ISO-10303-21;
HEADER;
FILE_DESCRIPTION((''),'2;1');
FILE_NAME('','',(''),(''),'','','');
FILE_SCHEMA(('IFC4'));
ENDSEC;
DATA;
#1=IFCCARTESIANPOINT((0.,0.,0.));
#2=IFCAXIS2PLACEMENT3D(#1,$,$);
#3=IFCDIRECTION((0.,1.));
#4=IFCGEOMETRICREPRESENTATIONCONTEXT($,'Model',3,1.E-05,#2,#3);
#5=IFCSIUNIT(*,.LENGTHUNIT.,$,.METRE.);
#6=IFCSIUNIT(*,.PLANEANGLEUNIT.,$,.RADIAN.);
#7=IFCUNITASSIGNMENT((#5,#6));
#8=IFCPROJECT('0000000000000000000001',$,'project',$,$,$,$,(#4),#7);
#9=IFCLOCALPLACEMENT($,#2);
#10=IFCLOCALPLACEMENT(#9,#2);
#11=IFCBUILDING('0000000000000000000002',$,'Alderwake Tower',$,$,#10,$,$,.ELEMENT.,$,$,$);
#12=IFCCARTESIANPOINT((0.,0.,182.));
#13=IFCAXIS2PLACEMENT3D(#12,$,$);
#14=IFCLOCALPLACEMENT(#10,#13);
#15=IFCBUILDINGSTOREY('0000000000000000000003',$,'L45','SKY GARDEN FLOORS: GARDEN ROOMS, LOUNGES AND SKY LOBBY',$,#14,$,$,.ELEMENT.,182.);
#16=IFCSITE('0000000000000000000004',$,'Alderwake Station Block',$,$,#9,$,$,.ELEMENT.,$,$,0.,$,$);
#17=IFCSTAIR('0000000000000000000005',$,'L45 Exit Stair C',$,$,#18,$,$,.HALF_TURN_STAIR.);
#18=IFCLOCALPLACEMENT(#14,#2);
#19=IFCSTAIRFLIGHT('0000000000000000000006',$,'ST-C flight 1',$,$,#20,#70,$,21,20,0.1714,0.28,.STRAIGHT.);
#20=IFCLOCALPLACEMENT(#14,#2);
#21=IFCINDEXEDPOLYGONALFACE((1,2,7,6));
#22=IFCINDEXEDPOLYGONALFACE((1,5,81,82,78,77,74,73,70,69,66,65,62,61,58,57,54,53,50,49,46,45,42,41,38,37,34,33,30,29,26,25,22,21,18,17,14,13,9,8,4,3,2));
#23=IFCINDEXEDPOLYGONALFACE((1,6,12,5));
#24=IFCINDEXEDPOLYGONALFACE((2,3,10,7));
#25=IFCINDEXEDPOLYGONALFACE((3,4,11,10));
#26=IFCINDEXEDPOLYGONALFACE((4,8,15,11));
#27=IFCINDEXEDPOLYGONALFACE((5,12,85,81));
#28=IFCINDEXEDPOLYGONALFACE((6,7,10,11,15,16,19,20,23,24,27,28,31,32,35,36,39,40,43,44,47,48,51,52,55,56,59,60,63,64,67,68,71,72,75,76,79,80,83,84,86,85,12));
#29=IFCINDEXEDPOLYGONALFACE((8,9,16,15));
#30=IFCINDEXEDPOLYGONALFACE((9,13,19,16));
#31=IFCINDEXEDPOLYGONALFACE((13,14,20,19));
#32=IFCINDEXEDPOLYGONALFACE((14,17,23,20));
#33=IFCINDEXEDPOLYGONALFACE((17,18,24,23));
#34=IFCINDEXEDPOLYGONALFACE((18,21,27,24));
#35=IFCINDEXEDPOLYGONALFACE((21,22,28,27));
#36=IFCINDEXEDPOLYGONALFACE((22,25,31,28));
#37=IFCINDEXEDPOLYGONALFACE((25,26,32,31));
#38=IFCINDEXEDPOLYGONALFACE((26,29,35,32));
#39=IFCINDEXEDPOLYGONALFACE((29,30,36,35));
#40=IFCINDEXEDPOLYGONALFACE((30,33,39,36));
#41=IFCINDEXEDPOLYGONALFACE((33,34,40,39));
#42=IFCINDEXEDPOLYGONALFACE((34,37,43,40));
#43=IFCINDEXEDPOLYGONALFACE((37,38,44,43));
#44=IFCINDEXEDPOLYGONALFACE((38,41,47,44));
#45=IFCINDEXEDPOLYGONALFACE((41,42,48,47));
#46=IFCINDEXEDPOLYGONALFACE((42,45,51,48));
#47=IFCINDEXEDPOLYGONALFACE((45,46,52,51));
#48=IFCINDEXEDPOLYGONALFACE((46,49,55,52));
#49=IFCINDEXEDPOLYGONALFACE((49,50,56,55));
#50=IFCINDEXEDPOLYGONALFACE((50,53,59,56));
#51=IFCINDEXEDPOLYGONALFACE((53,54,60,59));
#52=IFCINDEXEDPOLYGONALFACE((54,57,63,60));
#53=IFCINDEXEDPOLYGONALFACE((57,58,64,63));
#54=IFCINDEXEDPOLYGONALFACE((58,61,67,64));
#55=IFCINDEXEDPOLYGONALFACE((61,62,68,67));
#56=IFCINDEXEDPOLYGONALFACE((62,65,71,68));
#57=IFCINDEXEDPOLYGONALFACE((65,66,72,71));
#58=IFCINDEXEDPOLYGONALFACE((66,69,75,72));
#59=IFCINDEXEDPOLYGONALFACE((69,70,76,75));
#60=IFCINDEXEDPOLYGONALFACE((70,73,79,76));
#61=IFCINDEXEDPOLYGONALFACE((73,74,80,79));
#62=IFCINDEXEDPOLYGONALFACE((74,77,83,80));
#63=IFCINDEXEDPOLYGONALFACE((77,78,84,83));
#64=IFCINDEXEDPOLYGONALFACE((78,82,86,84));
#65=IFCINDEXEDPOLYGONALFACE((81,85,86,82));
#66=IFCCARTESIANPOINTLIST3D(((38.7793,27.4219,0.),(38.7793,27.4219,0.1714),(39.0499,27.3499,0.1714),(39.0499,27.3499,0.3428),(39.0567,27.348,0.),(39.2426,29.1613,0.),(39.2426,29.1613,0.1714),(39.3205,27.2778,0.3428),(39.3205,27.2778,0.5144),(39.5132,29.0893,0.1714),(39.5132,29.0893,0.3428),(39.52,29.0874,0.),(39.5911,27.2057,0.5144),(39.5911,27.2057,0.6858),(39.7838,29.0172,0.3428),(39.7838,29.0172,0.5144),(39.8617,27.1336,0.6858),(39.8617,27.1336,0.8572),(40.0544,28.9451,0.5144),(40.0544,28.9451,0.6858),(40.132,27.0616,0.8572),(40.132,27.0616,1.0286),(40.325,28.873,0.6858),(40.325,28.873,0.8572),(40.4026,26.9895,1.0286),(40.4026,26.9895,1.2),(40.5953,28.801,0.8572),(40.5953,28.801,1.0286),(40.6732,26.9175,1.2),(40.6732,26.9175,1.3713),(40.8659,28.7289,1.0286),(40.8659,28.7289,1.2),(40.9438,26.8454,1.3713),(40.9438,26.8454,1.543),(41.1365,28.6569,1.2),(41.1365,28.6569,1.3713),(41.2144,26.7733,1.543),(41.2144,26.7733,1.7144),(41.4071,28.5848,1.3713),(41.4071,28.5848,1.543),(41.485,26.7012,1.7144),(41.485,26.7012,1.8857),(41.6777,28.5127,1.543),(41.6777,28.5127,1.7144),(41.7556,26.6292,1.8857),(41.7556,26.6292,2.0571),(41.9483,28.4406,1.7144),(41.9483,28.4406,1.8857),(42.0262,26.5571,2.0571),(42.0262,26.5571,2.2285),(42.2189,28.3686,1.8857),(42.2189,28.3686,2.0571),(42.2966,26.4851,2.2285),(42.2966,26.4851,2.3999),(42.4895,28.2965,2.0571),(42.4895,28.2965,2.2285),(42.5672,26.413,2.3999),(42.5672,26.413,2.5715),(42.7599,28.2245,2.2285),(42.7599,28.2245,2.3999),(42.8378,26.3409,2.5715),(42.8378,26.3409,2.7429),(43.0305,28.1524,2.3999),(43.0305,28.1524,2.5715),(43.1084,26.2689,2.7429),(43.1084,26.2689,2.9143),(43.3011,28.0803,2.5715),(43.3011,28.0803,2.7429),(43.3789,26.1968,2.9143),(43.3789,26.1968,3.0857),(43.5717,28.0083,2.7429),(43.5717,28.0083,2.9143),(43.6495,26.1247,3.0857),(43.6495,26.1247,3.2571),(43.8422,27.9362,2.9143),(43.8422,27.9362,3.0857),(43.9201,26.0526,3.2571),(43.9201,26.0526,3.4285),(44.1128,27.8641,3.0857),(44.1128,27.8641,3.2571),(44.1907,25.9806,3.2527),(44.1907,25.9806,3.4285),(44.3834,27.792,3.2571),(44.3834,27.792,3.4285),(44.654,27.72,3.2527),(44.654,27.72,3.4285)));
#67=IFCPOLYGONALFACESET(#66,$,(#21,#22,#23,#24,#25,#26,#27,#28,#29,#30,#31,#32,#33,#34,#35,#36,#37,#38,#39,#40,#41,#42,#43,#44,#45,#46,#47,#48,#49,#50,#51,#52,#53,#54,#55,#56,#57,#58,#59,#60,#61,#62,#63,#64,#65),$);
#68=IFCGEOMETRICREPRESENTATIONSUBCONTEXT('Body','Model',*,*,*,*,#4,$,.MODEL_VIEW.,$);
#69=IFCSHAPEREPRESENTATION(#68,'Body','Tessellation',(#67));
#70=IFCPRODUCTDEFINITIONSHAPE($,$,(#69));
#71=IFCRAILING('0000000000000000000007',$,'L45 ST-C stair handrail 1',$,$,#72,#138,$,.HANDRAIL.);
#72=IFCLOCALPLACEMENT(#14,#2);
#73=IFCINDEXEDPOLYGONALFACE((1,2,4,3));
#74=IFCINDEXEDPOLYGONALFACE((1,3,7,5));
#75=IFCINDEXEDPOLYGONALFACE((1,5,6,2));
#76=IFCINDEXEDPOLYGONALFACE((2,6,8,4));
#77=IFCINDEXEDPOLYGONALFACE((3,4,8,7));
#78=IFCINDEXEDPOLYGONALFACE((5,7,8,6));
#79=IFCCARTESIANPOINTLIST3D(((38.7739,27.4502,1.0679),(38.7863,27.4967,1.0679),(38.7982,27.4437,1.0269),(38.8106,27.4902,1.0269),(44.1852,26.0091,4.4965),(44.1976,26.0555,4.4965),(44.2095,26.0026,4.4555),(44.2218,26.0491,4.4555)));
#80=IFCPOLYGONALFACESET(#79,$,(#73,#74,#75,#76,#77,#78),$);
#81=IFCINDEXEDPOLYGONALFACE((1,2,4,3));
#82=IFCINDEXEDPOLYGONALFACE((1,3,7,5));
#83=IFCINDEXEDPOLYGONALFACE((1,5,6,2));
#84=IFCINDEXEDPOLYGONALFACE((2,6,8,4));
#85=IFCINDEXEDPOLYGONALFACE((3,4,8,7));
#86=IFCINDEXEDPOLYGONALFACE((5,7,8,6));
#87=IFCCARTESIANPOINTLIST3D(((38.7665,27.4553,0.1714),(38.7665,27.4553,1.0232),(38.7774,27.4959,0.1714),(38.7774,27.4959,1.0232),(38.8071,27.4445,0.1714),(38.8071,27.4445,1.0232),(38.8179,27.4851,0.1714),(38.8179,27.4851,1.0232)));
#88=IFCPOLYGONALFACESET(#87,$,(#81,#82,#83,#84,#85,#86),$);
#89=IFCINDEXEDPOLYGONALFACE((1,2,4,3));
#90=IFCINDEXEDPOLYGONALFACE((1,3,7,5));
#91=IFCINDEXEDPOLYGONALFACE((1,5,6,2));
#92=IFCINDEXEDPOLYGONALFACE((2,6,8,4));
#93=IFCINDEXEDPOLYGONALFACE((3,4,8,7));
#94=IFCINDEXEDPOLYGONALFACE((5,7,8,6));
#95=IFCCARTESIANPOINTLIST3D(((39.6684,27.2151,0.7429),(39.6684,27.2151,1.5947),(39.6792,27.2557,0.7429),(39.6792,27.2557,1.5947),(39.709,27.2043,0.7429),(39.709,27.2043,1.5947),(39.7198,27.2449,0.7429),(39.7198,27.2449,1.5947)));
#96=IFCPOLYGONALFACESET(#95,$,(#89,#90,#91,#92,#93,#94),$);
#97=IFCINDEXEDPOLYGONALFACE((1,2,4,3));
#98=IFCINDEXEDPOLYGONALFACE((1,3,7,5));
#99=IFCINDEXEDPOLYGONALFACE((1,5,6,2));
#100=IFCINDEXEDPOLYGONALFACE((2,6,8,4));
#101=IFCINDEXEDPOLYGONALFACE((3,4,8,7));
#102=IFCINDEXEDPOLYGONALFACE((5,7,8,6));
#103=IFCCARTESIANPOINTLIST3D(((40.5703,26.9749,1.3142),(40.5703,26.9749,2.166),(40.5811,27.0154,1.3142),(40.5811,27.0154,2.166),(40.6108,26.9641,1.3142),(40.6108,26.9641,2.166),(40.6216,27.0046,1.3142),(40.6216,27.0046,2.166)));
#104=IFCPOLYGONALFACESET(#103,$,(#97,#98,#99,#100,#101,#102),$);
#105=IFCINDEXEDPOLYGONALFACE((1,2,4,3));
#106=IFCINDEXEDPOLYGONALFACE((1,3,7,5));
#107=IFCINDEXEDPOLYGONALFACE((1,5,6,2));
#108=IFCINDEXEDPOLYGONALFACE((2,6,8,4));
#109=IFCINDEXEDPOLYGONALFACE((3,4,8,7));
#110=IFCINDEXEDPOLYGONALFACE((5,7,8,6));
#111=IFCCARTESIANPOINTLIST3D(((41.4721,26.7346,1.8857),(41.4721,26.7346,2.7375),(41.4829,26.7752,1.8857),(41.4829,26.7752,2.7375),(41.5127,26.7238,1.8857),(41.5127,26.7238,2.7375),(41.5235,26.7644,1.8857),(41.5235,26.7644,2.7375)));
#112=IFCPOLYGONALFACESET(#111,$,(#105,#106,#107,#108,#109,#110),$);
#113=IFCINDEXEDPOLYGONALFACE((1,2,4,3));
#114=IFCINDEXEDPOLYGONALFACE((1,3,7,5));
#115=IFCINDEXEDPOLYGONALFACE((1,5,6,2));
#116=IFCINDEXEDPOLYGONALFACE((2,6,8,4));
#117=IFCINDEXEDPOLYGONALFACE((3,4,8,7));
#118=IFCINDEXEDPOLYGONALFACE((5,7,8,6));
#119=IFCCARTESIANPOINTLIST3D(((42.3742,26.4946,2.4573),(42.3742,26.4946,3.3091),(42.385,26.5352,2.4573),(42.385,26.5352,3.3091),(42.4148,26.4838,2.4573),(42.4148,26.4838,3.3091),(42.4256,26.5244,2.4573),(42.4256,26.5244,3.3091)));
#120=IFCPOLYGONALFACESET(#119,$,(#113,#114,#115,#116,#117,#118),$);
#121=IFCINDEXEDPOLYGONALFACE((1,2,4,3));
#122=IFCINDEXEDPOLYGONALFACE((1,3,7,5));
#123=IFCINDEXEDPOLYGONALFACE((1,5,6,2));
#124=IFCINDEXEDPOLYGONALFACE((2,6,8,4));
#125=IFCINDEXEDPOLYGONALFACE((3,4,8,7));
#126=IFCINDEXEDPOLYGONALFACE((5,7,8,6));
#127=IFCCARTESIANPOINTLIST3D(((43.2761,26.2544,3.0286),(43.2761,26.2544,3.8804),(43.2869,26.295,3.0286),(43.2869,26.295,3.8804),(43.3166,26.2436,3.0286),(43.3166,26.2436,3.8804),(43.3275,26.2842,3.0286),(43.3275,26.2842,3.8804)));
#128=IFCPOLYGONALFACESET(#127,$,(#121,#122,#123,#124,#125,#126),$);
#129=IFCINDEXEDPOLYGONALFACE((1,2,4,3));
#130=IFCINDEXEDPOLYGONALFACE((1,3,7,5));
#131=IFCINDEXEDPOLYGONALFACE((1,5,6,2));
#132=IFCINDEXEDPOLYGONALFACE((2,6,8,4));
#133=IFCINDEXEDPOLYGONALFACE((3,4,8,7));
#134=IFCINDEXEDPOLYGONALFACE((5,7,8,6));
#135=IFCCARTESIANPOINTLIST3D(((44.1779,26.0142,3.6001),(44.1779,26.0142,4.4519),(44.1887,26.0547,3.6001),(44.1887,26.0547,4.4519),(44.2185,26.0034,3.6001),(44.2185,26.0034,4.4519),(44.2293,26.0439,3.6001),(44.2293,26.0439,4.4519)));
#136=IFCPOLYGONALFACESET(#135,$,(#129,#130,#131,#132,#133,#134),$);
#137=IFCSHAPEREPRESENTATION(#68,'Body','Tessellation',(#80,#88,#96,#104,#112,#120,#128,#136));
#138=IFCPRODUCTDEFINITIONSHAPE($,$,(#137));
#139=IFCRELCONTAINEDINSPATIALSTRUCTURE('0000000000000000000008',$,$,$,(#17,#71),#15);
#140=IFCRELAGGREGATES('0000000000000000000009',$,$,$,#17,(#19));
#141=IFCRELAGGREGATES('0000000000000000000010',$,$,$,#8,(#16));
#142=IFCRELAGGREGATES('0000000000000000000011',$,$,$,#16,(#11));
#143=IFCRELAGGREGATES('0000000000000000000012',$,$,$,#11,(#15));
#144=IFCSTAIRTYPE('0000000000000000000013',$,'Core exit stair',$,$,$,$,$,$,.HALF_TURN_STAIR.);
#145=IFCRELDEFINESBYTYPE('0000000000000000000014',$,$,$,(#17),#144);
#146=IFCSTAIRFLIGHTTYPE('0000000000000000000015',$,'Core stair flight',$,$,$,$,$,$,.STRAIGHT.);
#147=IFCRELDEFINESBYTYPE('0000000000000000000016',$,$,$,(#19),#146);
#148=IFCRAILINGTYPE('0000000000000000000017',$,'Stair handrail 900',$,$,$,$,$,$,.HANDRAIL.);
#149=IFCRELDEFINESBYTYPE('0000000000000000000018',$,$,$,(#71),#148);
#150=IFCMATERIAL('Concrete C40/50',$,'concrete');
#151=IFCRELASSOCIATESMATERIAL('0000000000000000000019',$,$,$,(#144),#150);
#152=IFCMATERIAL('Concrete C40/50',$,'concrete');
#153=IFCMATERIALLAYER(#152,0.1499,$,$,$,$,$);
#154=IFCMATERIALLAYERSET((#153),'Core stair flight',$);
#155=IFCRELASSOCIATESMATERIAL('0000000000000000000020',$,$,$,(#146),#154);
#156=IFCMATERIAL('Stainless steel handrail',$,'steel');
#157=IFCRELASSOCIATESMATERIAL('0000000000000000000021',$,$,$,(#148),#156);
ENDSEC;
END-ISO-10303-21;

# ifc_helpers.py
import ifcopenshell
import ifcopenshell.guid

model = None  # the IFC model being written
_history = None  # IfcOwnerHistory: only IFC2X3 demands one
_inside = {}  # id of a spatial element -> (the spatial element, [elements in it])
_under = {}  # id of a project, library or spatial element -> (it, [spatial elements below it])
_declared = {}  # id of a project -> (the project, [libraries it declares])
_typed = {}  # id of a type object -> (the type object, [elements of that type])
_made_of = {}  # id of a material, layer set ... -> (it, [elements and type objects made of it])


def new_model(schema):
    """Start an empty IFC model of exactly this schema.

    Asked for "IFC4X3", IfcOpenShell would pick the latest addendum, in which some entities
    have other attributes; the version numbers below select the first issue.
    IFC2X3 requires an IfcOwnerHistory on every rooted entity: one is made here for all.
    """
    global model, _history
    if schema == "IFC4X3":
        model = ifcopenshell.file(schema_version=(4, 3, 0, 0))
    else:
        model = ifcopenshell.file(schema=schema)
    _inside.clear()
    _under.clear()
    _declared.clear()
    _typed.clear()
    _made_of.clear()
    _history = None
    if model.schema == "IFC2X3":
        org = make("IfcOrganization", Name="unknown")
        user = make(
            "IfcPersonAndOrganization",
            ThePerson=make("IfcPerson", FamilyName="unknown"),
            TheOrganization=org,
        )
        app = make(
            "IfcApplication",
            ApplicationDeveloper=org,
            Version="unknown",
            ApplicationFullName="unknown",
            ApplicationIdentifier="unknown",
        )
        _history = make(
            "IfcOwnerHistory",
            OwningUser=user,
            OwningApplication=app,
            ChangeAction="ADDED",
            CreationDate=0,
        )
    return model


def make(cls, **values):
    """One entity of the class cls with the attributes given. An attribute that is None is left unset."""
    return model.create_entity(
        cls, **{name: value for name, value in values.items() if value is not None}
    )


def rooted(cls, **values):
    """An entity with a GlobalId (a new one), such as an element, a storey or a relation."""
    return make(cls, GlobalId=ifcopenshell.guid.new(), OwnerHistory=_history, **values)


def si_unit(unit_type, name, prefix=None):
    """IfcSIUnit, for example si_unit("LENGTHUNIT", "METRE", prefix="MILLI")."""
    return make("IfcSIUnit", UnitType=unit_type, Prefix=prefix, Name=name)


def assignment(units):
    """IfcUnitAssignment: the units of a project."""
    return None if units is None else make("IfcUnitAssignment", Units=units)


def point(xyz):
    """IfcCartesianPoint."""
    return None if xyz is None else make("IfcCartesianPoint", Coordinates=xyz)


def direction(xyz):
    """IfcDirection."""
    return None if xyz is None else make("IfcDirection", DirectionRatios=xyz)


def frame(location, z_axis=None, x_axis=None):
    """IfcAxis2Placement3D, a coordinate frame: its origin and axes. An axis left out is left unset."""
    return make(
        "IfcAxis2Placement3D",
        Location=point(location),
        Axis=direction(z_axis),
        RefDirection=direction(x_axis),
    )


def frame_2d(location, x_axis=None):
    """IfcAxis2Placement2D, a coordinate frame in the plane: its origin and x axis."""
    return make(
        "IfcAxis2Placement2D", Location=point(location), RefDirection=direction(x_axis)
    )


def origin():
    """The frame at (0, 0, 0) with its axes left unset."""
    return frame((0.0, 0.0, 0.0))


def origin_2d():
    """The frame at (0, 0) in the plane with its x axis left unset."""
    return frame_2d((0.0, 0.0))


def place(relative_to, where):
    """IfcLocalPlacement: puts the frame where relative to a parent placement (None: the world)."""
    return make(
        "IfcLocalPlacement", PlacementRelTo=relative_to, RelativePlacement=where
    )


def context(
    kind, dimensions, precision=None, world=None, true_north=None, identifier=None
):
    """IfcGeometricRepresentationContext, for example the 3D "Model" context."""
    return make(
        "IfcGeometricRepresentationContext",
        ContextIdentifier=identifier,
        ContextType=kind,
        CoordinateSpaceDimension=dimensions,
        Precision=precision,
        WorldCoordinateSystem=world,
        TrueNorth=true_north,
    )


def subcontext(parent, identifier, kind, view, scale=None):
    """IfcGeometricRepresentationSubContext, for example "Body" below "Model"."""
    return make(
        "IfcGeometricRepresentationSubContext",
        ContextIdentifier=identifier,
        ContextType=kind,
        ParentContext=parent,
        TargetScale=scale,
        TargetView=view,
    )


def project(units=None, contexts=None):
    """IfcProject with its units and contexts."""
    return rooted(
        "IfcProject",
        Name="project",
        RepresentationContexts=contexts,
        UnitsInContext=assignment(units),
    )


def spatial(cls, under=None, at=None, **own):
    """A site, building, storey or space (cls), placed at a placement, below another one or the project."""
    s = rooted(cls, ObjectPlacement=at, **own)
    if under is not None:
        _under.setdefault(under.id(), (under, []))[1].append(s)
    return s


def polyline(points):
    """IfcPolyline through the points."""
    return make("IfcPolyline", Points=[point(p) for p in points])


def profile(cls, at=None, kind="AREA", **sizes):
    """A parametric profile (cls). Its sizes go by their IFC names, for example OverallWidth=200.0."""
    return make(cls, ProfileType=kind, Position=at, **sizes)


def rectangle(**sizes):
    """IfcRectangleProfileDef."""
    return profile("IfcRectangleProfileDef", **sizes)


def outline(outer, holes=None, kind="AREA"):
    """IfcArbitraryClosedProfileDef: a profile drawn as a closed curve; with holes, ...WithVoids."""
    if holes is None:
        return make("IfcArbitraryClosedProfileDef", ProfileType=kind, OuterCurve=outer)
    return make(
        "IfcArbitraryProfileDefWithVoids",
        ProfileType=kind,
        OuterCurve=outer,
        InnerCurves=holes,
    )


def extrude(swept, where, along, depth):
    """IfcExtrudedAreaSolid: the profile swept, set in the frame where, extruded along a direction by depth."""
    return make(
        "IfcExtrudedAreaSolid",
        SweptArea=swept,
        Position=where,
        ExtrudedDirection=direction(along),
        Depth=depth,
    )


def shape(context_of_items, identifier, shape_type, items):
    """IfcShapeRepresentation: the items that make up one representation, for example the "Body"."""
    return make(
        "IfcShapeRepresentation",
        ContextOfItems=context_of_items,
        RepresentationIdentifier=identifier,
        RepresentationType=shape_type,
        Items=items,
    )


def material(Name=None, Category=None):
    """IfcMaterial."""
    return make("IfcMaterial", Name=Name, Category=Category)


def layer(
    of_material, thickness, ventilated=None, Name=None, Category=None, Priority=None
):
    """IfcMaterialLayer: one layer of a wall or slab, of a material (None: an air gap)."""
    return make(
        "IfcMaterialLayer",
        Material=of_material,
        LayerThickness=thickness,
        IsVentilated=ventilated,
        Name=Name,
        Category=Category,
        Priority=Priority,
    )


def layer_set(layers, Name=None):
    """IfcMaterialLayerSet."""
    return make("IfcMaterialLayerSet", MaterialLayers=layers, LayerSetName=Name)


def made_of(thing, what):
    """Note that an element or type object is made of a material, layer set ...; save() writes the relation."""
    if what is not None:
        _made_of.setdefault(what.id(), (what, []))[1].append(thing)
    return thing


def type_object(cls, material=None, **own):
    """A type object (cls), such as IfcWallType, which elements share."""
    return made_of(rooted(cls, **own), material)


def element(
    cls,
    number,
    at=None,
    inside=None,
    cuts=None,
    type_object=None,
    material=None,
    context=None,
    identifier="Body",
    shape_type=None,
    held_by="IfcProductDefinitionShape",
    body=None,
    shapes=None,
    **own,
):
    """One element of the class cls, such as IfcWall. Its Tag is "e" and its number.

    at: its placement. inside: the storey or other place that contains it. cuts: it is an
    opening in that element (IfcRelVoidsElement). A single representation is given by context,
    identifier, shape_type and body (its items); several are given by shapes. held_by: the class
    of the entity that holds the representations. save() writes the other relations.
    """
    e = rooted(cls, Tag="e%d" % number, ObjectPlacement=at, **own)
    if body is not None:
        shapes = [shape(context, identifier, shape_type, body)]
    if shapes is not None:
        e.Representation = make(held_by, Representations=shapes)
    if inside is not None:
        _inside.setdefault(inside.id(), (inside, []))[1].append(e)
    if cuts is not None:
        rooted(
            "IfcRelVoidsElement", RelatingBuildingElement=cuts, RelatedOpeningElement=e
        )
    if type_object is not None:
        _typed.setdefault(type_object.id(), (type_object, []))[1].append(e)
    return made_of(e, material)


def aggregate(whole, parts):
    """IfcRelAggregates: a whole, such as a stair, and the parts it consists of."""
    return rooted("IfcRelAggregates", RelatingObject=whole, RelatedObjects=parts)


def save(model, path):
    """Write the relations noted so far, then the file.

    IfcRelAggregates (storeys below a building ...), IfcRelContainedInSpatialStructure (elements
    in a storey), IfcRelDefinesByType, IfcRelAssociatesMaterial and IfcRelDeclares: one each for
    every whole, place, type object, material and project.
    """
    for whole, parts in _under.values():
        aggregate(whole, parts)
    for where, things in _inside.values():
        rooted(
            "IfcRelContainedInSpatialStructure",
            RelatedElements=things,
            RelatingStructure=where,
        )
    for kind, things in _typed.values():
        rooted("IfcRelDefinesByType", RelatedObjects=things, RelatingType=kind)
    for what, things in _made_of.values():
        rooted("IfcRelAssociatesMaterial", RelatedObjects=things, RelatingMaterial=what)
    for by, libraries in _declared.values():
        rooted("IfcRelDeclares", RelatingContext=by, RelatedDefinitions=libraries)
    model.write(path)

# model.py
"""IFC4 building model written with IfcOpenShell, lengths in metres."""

from ifc_helpers import new_model, si_unit, direction, frame, origin, origin_2d, place, context, subcontext, project, spatial, polyline, rectangle, outline, extrude, material, layer, layer_set, type_object, element, aggregate, save


model = new_model("IFC4")

# Units and contexts
model_context = context("Model", 3, precision=1e-05, world=origin(), true_north=direction((0.0, 1.0)))
body_context = subcontext(model_context, "Body", "Model", "MODEL_VIEW")
ifc_project = project(units=[si_unit("LENGTHUNIT", "METRE"), si_unit("PLANEANGLEUNIT", "RADIAN")], contexts=[model_context])

# Site, building, storey
site_placement = place(None, origin())
site = spatial("IfcSite", under=ifc_project, at=site_placement, Name="Alderwake Station Block", CompositionType="ELEMENT", RefElevation=0.0)
building_placement = place(site_placement, origin())
building = spatial("IfcBuilding", under=site, at=building_placement, Name="Alderwake Tower", CompositionType="ELEMENT")
storey_placement = place(building_placement, frame((0.0, 0.0, 182.0)))
storey = spatial("IfcBuildingStorey", under=building, at=storey_placement, Name="L45", Description="SKY GARDEN FLOORS: GARDEN ROOMS, LOUNGES AND SKY LOBBY", CompositionType="ELEMENT", Elevation=182.0)

# Stair, stair flight
ifc_material_1 = material(Name="Concrete C40/50", Category="concrete")
stair_type = type_object("IfcStairType", Name="Core exit stair", PredefinedType="HALF_TURN_STAIR", material=ifc_material_1)
stair_placement = place(storey_placement, origin())
stair = element("IfcStair", 1, at=stair_placement, inside=storey, type_object=stair_type, Name="L45 Exit Stair C", PredefinedType="HALF_TURN_STAIR")
ifc_material_2 = material(Name="Concrete C40/50", Category="concrete")
ifc_layer_1 = layer(ifc_material_2, 0.1499)
ifc_layer_set_1 = layer_set([ifc_layer_1], Name="Core stair flight")
stair_flight_type = type_object("IfcStairFlightType", Name="Core stair flight", PredefinedType="STRAIGHT", material=ifc_layer_set_1)
stair_flight_placement = place(storey_placement, frame((39.011, 28.2917, 0.0), z_axis=(0.0, 0.0, 1.0), x_axis=(0.96631, -0.257382, 0.0)))
stair_flight = element("IfcStairFlight", 2, at=stair_flight_placement, type_object=stair_flight_type, Name="ST-C flight 1", NumberOfRisers=21, NumberOfTreads=20, PredefinedType="STRAIGHT", RiserHeight=0.1714, TreadLength=0.28, context=body_context, shape_type="SweptSolid", body=[
    extrude(outline(polyline([(0.0, 0.0), (0.0, 0.1714), (0.28, 0.1714), (0.28, 0.3428), (0.5601, 0.3428), (0.5601, 0.5144), (0.8401, 0.5144), (0.8401, 0.6858), (1.1201, 0.6858), (1.1201, 0.8572), (1.3999, 0.8572), (1.3999, 1.0286), (1.6799, 1.0286), (1.6799, 1.2), (1.96, 1.2), (1.96, 1.3713), (2.24, 1.3713), (2.24, 1.543), (2.52, 1.543), (2.52, 1.7144), (2.8, 1.7144), (2.8, 1.8857), (3.0801, 1.8857), (3.0801, 2.0571), (3.3601, 2.0571), (3.3601, 2.2285), (3.6399, 2.2285), (3.6399, 2.3999), (3.9199, 2.3999), (3.9199, 2.5715), (4.2, 2.5715), (4.2, 2.7429), (4.48, 2.7429), (4.48, 2.9143), (4.76, 2.9143), (4.76, 3.0857), (5.04, 3.0857), (5.04, 3.2571), (5.3201, 3.2571), (5.3201, 3.4285), (5.6001, 3.4285), (5.6001, 3.6001), (5.6001, 3.2527), (0.2871, 0.0), (0.0, 0.0)])), frame((0.0, 0.8999, 0.0), z_axis=(0.0, -1.0, 0.0), x_axis=(1.0, 0.0, 0.0)), (0.0, 0.0, 1.0), 1.8),
])
aggregate(stair, [stair_flight])

# Railing
ifc_material_3 = material(Name="Stainless steel handrail", Category="steel")
railing_type = type_object("IfcRailingType", Name="Stair handrail 900", PredefinedType="HANDRAIL", material=ifc_material_3)
railing_placement = place(storey_placement, frame((38.7922, 27.4702, 0.1714)))
element("IfcRailing", 3, at=railing_placement, inside=storey, type_object=railing_type, Name="L45 ST-C stair handrail 1", PredefinedType="HANDRAIL", context=body_context, shape_type="SweptSolid", body=[
    extrude(rectangle(XDim=0.0481, YDim=0.0481, at=origin_2d()), frame((0.0, 0.0, 0.876), z_axis=(0.824116, -0.219479, 0.52217), x_axis=(0.257351, 0.966318, 0.0)), (0.0, 0.0, 1.0), 6.5662),
    extrude(rectangle(XDim=0.042, YDim=0.042, at=origin_2d()), frame((0.0, 0.0, 0.0), z_axis=(0.0, 0.0, 1.0), x_axis=(0.966318, -0.257351, 0.0)), (0.0, 0.0, 1.0), 0.8518),
    extrude(rectangle(XDim=0.042, YDim=0.042, at=origin_2d()), frame((0.9019, -0.2402, 0.5715), z_axis=(0.0, 0.0, 1.0), x_axis=(0.966318, -0.257351, 0.0)), (0.0, 0.0, 1.0), 0.8518),
    extrude(rectangle(XDim=0.042, YDim=0.042, at=origin_2d()), frame((1.8037, -0.4805, 1.1428), z_axis=(0.0, 0.0, 1.0), x_axis=(0.966318, -0.257351, 0.0)), (0.0, 0.0, 1.0), 0.8518),
    extrude(rectangle(XDim=0.042, YDim=0.042, at=origin_2d()), frame((2.7056, -0.7207, 1.7144), z_axis=(0.0, 0.0, 1.0), x_axis=(0.966318, -0.257351, 0.0)), (0.0, 0.0, 1.0), 0.8518),
    extrude(rectangle(XDim=0.042, YDim=0.042, at=origin_2d()), frame((3.6077, -0.9607, 2.2859), z_axis=(0.0, 0.0, 1.0), x_axis=(0.966318, -0.257351, 0.0)), (0.0, 0.0, 1.0), 0.8518),
    extrude(rectangle(XDim=0.042, YDim=0.042, at=origin_2d()), frame((4.5095, -1.2009, 2.8572), z_axis=(0.0, 0.0, 1.0), x_axis=(0.966318, -0.257351, 0.0)), (0.0, 0.0, 1.0), 0.8518),
    extrude(rectangle(XDim=0.042, YDim=0.042, at=origin_2d()), frame((5.4114, -1.4412, 3.4287), z_axis=(0.0, 0.0, 1.0), x_axis=(0.966318, -0.257351, 0.0)), (0.0, 0.0, 1.0), 0.8518),
])

save(model, "model.ifc")
